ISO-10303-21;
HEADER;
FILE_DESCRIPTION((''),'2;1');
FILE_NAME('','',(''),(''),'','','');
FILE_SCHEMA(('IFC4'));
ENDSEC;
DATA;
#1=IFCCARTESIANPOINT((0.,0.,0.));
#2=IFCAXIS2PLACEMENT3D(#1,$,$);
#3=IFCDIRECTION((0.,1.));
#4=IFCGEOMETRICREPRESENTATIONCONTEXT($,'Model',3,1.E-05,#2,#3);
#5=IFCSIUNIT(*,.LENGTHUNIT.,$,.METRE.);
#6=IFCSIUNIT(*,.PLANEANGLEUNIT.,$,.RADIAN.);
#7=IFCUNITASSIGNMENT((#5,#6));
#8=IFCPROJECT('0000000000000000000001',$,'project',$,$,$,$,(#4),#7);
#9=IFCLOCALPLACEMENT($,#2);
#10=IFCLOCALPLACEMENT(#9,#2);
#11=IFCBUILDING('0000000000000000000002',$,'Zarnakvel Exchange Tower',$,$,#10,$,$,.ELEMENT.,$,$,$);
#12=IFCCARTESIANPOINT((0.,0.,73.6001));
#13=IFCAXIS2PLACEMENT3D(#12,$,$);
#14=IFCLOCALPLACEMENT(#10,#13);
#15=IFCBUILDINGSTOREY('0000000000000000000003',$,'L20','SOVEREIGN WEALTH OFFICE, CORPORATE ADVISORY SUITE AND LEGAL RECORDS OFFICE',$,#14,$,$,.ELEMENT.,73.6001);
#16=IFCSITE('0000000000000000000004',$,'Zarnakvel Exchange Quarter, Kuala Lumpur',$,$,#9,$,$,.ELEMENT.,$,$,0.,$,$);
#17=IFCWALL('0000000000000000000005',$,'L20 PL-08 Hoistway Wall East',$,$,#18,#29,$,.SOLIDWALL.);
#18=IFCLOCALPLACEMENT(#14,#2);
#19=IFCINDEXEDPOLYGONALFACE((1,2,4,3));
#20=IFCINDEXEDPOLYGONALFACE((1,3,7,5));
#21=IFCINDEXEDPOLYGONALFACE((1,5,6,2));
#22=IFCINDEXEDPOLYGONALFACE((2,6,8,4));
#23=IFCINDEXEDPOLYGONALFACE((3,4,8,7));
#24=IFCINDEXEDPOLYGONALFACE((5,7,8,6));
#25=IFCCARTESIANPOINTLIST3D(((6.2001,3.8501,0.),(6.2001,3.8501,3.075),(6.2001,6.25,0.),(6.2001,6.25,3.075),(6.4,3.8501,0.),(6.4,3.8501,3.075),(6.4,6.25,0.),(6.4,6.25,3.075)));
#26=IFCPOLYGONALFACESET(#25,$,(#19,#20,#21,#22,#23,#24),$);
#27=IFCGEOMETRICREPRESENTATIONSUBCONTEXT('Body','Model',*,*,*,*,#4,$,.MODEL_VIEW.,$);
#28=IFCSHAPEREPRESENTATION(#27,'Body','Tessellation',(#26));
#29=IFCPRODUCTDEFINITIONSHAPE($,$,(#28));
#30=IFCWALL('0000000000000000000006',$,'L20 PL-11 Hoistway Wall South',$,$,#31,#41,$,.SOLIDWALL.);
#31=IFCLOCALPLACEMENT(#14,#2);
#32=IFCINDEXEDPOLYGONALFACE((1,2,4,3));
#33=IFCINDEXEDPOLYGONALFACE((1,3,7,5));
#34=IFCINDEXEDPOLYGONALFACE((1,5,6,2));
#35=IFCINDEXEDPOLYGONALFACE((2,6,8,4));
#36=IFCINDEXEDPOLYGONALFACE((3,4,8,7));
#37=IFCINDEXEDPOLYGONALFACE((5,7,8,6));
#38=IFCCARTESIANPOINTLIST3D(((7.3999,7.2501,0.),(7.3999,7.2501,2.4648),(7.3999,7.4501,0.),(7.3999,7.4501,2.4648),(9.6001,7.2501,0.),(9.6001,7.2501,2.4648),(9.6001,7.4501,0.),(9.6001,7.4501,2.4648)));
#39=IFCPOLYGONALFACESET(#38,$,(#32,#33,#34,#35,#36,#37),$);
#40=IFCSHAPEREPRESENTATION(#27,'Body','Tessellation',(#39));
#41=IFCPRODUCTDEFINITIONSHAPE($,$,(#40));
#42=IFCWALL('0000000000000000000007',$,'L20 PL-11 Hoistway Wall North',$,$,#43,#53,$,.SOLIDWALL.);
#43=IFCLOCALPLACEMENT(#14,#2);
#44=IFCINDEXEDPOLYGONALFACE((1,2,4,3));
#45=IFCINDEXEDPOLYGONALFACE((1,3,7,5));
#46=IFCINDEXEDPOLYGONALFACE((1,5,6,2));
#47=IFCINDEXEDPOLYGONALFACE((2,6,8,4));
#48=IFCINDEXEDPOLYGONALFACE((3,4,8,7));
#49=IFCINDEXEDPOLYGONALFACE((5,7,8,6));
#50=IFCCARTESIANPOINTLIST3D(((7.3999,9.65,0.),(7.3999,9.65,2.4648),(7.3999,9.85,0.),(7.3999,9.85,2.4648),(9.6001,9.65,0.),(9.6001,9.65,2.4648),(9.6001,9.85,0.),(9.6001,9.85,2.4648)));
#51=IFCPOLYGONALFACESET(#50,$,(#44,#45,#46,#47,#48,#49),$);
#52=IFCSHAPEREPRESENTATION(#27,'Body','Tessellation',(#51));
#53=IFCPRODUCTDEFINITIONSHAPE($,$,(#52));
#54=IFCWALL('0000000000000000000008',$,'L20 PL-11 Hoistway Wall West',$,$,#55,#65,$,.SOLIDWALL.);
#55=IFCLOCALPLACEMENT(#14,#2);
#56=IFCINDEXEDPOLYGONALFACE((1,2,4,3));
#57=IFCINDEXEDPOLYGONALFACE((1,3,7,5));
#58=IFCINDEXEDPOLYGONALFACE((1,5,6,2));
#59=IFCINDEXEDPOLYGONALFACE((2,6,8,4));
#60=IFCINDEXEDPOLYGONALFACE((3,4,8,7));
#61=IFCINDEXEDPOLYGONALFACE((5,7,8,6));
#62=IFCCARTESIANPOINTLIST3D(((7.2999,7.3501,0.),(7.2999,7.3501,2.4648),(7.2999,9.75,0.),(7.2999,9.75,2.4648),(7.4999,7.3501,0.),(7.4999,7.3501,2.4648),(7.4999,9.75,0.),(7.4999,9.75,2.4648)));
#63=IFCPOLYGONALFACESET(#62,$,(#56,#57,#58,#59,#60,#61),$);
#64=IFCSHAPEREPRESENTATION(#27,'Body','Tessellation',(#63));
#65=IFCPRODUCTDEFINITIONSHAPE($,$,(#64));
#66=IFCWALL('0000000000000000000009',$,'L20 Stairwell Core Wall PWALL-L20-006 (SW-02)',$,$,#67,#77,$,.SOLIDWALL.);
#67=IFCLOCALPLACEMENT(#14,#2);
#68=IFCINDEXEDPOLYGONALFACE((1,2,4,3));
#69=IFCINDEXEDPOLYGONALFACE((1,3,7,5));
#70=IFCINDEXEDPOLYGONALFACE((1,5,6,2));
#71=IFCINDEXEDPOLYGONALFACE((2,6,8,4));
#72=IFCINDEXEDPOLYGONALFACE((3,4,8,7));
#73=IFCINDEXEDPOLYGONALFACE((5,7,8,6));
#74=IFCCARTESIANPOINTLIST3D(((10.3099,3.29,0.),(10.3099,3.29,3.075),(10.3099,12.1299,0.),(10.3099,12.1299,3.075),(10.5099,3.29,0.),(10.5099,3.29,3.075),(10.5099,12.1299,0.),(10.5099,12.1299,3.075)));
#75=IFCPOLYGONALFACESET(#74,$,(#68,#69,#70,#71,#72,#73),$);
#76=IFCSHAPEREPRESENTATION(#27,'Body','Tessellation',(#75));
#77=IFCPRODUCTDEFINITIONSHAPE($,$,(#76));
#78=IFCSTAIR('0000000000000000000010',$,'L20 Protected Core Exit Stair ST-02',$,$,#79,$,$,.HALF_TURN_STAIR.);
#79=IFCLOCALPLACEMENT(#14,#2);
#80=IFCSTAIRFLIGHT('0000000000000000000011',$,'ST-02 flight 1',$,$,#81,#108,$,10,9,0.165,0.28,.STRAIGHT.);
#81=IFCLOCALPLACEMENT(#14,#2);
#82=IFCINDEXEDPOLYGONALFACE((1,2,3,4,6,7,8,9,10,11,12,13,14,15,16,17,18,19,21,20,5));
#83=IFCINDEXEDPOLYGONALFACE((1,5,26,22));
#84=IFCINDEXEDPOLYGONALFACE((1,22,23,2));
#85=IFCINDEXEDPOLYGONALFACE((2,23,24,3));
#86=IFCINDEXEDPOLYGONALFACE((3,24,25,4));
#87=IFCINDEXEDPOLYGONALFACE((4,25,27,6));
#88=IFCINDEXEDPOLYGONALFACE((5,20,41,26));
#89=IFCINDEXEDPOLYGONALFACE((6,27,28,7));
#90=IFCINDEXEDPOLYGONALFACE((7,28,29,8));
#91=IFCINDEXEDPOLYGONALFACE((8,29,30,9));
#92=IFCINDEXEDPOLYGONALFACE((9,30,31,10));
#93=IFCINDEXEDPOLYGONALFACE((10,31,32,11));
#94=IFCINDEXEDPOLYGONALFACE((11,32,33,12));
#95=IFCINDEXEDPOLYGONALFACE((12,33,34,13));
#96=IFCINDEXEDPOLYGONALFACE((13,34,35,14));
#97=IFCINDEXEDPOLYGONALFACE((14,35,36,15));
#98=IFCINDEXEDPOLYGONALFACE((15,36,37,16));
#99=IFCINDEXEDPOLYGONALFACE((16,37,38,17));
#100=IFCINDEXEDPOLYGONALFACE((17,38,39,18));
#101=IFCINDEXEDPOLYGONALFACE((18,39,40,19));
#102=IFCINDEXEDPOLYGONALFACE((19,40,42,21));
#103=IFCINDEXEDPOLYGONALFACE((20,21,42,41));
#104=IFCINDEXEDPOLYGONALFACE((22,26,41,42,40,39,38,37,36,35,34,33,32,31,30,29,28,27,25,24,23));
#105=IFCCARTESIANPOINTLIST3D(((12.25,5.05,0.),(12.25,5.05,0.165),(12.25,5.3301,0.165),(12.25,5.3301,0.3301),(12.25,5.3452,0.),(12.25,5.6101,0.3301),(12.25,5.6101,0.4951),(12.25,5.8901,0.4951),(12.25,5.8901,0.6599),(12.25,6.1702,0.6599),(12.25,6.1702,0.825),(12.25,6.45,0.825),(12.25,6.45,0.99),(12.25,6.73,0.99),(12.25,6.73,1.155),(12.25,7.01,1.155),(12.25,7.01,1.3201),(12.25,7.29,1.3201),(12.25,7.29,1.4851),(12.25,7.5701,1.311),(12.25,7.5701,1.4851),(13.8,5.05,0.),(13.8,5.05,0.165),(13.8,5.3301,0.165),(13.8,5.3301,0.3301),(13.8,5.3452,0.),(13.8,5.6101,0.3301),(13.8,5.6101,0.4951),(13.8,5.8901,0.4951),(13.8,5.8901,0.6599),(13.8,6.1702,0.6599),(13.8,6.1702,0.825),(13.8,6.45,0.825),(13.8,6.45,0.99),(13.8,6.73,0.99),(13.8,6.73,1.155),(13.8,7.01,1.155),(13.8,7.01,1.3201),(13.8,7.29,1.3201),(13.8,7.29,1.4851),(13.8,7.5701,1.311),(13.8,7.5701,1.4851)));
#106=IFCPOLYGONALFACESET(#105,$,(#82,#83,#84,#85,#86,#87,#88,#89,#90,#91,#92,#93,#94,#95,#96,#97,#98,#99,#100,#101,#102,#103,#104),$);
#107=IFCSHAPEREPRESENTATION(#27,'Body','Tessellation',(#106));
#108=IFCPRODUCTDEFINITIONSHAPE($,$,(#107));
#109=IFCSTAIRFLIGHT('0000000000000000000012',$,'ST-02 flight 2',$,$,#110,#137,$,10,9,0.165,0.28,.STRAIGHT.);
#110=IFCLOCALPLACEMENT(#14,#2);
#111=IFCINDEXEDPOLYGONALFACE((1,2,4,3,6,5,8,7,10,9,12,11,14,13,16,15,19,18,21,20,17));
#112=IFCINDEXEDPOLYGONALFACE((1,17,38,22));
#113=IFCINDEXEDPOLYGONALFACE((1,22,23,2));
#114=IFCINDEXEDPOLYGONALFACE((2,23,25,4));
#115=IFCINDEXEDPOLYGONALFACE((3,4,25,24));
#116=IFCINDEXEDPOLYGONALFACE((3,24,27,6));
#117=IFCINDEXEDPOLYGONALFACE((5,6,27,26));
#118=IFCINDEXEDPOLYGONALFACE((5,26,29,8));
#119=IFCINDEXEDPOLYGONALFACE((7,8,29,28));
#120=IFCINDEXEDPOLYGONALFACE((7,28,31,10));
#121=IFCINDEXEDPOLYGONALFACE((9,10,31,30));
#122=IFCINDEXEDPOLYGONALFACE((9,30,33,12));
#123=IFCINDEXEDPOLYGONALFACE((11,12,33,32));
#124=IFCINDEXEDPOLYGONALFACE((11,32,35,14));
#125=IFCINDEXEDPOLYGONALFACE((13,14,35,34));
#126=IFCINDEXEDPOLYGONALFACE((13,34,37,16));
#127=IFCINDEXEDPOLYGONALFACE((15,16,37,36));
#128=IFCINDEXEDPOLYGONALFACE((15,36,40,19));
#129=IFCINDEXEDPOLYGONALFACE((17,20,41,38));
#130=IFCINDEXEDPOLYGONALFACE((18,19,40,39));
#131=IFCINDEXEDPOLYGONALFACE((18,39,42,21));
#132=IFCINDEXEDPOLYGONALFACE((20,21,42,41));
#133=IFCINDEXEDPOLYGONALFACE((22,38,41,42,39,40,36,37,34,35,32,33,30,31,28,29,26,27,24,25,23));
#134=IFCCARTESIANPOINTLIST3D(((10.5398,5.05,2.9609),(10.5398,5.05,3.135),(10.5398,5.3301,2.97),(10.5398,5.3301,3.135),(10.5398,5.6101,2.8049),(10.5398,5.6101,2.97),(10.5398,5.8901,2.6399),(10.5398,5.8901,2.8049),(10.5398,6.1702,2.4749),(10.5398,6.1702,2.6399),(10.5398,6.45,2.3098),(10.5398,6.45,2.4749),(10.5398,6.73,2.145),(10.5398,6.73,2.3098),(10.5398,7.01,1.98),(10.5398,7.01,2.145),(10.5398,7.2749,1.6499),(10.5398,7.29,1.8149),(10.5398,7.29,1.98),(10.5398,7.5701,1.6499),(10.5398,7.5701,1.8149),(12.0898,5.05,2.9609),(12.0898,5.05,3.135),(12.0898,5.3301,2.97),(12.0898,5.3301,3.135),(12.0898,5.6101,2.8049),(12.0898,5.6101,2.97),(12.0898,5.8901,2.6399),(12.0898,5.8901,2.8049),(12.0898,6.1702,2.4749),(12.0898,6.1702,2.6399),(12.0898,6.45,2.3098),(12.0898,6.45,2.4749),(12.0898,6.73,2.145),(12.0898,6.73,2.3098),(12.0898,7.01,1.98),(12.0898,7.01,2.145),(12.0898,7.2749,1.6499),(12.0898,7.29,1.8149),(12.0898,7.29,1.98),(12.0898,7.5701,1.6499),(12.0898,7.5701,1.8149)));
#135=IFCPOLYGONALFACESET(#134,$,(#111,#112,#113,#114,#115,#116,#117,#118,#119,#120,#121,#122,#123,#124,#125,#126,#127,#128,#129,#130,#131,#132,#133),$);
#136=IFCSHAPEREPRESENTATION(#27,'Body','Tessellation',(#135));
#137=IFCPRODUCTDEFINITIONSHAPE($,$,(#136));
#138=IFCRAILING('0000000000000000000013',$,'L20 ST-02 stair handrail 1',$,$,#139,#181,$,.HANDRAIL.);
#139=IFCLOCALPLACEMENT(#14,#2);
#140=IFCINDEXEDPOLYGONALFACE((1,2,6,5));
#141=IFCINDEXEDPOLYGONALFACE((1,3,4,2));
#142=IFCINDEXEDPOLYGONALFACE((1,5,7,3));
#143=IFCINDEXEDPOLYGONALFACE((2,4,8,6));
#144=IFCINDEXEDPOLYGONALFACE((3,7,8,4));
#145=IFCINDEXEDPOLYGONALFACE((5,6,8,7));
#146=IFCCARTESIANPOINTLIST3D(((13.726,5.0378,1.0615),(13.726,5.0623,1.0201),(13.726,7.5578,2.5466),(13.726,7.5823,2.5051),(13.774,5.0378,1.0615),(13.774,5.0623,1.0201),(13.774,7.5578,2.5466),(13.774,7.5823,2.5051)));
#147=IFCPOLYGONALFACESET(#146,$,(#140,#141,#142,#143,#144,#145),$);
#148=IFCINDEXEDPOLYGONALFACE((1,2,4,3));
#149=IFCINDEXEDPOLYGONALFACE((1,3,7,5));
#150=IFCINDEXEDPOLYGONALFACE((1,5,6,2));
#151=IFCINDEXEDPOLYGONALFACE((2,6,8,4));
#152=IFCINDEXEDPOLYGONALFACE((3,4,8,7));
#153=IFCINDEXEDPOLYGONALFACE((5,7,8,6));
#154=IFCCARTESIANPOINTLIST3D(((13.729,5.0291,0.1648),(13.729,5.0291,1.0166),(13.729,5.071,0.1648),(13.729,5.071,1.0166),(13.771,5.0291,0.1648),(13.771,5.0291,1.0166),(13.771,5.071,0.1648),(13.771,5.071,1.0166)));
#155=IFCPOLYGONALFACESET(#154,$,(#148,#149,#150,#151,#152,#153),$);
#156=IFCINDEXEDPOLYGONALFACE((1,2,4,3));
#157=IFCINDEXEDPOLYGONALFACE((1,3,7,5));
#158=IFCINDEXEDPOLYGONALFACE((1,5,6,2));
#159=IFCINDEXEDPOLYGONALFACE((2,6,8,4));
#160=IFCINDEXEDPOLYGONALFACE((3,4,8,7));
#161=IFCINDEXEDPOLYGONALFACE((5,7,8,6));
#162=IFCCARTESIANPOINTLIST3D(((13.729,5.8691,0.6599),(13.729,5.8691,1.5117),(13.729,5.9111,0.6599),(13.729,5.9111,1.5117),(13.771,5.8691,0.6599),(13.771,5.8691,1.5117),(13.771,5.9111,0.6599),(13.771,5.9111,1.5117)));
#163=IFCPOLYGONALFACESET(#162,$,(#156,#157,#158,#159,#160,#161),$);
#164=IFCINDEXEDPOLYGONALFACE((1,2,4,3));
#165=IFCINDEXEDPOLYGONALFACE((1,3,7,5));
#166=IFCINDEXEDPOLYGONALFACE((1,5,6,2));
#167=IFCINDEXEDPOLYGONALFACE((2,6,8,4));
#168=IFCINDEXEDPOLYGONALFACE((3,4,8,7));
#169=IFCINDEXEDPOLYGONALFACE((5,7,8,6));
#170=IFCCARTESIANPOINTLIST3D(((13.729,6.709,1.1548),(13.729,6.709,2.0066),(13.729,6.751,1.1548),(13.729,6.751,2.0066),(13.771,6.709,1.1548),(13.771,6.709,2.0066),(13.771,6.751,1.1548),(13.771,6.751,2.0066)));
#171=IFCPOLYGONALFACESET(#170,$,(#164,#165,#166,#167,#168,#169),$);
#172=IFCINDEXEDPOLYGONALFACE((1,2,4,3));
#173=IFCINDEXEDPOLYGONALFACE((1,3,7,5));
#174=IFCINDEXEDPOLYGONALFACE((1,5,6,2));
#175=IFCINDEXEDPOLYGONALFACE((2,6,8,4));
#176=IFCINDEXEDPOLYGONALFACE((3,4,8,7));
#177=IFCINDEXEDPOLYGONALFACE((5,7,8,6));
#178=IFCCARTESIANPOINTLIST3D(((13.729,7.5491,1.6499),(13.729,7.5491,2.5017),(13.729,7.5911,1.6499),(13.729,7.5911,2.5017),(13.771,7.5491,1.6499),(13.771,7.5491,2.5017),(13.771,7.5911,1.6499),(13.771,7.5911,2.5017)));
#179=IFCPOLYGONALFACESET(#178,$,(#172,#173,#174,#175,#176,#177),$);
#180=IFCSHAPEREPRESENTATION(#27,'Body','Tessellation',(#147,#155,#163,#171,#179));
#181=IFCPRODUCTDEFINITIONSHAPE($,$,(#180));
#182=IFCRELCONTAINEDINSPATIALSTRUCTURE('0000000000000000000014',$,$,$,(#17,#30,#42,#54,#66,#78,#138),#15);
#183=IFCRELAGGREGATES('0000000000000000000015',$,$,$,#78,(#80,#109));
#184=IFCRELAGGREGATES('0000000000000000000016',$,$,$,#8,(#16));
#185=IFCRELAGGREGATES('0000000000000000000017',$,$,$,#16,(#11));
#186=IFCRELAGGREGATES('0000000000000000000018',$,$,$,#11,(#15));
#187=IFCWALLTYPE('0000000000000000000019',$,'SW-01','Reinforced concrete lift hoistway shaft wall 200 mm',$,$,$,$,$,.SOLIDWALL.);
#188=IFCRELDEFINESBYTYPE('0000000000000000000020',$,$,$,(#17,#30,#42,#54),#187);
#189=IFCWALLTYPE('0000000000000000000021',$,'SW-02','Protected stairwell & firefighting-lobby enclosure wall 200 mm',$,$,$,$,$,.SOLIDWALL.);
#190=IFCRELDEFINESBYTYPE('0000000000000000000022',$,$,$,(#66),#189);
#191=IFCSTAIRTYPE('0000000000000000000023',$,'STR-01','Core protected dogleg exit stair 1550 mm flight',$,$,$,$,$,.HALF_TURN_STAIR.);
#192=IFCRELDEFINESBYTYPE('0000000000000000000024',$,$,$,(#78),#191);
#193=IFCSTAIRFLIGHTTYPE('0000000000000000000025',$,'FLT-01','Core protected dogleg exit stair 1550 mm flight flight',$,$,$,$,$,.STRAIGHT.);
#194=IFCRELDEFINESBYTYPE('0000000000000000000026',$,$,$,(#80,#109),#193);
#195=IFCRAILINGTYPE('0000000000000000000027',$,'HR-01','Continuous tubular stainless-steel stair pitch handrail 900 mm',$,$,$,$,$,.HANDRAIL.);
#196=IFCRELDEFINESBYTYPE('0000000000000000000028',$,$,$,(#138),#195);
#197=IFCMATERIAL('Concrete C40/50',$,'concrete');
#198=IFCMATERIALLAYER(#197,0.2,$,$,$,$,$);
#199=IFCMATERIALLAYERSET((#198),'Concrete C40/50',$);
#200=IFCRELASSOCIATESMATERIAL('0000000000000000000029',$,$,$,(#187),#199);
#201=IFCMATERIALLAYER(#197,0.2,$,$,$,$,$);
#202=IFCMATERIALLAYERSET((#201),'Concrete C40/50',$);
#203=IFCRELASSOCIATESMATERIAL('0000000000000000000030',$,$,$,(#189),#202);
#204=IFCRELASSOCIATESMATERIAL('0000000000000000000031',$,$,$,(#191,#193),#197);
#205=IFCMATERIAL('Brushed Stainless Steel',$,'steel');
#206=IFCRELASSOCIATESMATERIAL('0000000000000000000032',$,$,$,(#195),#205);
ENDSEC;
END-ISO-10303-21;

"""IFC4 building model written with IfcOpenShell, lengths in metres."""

from ifc_helpers import new_model, si_unit, direction, frame, frame_2d, origin, origin_2d, place, context, subcontext, project, spatial, polyline, rectangle, outline, extrude, material, layer, layer_set, type_object, element, aggregate, save


model = new_model("IFC4")

# Units and contexts
model_context = context("Model", 3, precision=1e-05, world=origin(), true_north=direction((0.0, 1.0)))
body_context = subcontext(model_context, "Body", "Model", "MODEL_VIEW")
ifc_project = project(units=[si_unit("LENGTHUNIT", "METRE"), si_unit("PLANEANGLEUNIT", "RADIAN")], contexts=[model_context])

# Site, building, storey
site_placement = place(None, origin())
site = spatial("IfcSite", under=ifc_project, at=site_placement, Name="Zarnakvel Exchange Quarter, Kuala Lumpur", CompositionType="ELEMENT", RefElevation=0.0)
building_placement = place(site_placement, origin())
building = spatial("IfcBuilding", under=site, at=building_placement, Name="Zarnakvel Exchange Tower", CompositionType="ELEMENT")
storey_placement = place(building_placement, frame((0.0, 0.0, 73.6001)))
storey = spatial("IfcBuildingStorey", under=building, at=storey_placement, Name="L20", Description="SOVEREIGN WEALTH OFFICE, CORPORATE ADVISORY SUITE AND LEGAL RECORDS OFFICE", CompositionType="ELEMENT", Elevation=73.6001)

# Shared definitions
ifc_material_1 = material(Name="Concrete C40/50", Category="concrete")
ifc_layer_1 = layer(ifc_material_1, 0.2)
ifc_layer_set_1 = layer_set([ifc_layer_1], Name="Concrete C40/50")
wall_type_1 = type_object("IfcWallType", Name="SW-01", Description="Reinforced concrete lift hoistway shaft wall 200 mm", PredefinedType="SOLIDWALL", material=ifc_layer_set_1)
ifc_material_2 = material(Name="Brushed Stainless Steel", Category="steel")

# Walls
wall_1_placement = place(storey_placement, frame((6.3, 6.25, 0.0), z_axis=(0.0, 0.0, 1.0), x_axis=(0.0, -1.0, 0.0)))
element("IfcWall", 1, at=wall_1_placement, inside=storey, type_object=wall_type_1, Name="L20 PL-08 Hoistway Wall East", PredefinedType="SOLIDWALL", context=body_context, shape_type="SweptSolid", body=[
    extrude(rectangle(XDim=2.3999, YDim=0.2, at=frame_2d((1.2, 0.0))), origin(), (0.0, 0.0, 1.0), 3.075),
])
for number, where, z_axis, x_axis, name in (
    (2, (9.6001, 7.3501, 0.0), (0.0, 0.0, 1.0), (-1.0, 0.0, 0.0), "L20 PL-11 Hoistway Wall South"),
    (3, (7.3999, 9.75, 0.0), (0.0, 0.0, 1.0), (1.0, 0.0, 0.0), "L20 PL-11 Hoistway Wall North"),
):
    element("IfcWall", number, at=place(storey_placement, frame(where, z_axis=z_axis, x_axis=x_axis)), inside=storey, type_object=wall_type_1, Name=name, PredefinedType="SOLIDWALL", context=body_context, shape_type="SweptSolid", body=[
        extrude(rectangle(XDim=2.2002, YDim=0.2, at=frame_2d((1.1001, 0.0))), origin(), (0.0, 0.0, 1.0), 2.4648),
    ])
wall_2_placement = place(storey_placement, frame((7.3999, 7.3501, 0.0), z_axis=(0.0, 0.0, 1.0), x_axis=(0.0, 1.0, 0.0)))
element("IfcWall", 4, at=wall_2_placement, inside=storey, type_object=wall_type_1, Name="L20 PL-11 Hoistway Wall West", PredefinedType="SOLIDWALL", context=body_context, shape_type="SweptSolid", body=[
    extrude(rectangle(XDim=2.3999, YDim=0.2, at=frame_2d((1.2, 0.0))), origin(), (0.0, 0.0, 1.0), 2.4648),
])
ifc_layer_2 = layer(ifc_material_1, 0.2)
ifc_layer_set_2 = layer_set([ifc_layer_2], Name="Concrete C40/50")
wall_type_2 = type_object("IfcWallType", Name="SW-02", Description="Protected stairwell & firefighting-lobby enclosure wall 200 mm", PredefinedType="SOLIDWALL", material=ifc_layer_set_2)
wall_3_placement = place(storey_placement, frame((10.4099, 3.29, 0.0), z_axis=(0.0, 0.0, 1.0), x_axis=(0.0, 1.0, 0.0)))
element("IfcWall", 5, at=wall_3_placement, inside=storey, type_object=wall_type_2, Name="L20 Stairwell Core Wall PWALL-L20-006 (SW-02)", PredefinedType="SOLIDWALL", context=body_context, shape_type="SweptSolid", body=[
    extrude(rectangle(XDim=8.8398, YDim=0.2, at=frame_2d((4.4199, 0.0))), origin(), (0.0, 0.0, 1.0), 3.075),
])

# Stair, stair flights
stair_type = type_object("IfcStairType", Name="STR-01", Description="Core protected dogleg exit stair 1550 mm flight", PredefinedType="HALF_TURN_STAIR", material=ifc_material_1)
stair_placement = place(storey_placement, origin())
stair = element("IfcStair", 6, at=stair_placement, inside=storey, type_object=stair_type, Name="L20 Protected Core Exit Stair ST-02", PredefinedType="HALF_TURN_STAIR")
stair_flight_type = type_object("IfcStairFlightType", Name="FLT-01", Description="Core protected dogleg exit stair 1550 mm flight flight", PredefinedType="STRAIGHT", material=ifc_material_1)
stair_flight_1_placement = place(storey_placement, frame((13.0249, 5.05, 0.0), z_axis=(0.0, 0.0, 1.0), x_axis=(0.0, 1.0, 0.0)))
stair_flight_1 = element("IfcStairFlight", 7, at=stair_flight_1_placement, type_object=stair_flight_type, Name="ST-02 flight 1", NumberOfRisers=10, NumberOfTreads=9, PredefinedType="STRAIGHT", RiserHeight=0.165, TreadLength=0.28, context=body_context, shape_type="SweptSolid", body=[
    extrude(outline(polyline([(0.0, 0.0), (0.0, 0.165), (0.28, 0.165), (0.28, 0.3301), (0.5601, 0.3301), (0.5601, 0.4951), (0.8401, 0.4951), (0.8401, 0.6599), (1.1201, 0.6599), (1.1201, 0.825), (1.3999, 0.825), (1.3999, 0.99), (1.6799, 0.99), (1.6799, 1.155), (1.96, 1.155), (1.96, 1.3201), (2.24, 1.3201), (2.24, 1.4851), (2.52, 1.4851), (2.52, 1.6499), (2.52, 1.311), (0.2952, 0.0), (0.0, 0.0)])), frame((0.0, 0.7749, 0.0), z_axis=(0.0, -1.0, 0.0), x_axis=(1.0, 0.0, 0.0)), (0.0, 0.0, 1.0), 1.55),
])
stair_flight_2_placement = place(storey_placement, frame((11.3149, 7.5701, 1.6499), z_axis=(0.0, 0.0, 1.0), x_axis=(0.0, -1.0, 0.0)))
stair_flight_2 = element("IfcStairFlight", 8, at=stair_flight_2_placement, type_object=stair_flight_type, Name="ST-02 flight 2", NumberOfRisers=10, NumberOfTreads=9, PredefinedType="STRAIGHT", RiserHeight=0.165, TreadLength=0.28, context=body_context, shape_type="SweptSolid", body=[
    extrude(outline(polyline([(0.0, 0.0), (0.0, 0.165), (0.28, 0.165), (0.28, 0.3301), (0.5601, 0.3301), (0.5601, 0.4951), (0.8401, 0.4951), (0.8401, 0.6599), (1.1201, 0.6599), (1.1201, 0.825), (1.3999, 0.825), (1.3999, 0.99), (1.6799, 0.99), (1.6799, 1.155), (1.96, 1.155), (1.96, 1.3201), (2.24, 1.3201), (2.24, 1.4851), (2.52, 1.4851), (2.52, 1.6499), (2.52, 1.311), (0.2952, 0.0), (0.0, 0.0)])), frame((0.0, 0.7749, 0.0), z_axis=(0.0, -1.0, 0.0), x_axis=(1.0, 0.0, 0.0)), (0.0, 0.0, 1.0), 1.55),
])
aggregate(stair, [stair_flight_1, stair_flight_2])

# Railing
railing_type_1 = type_object("IfcRailingType", Name="HR-01", Description="Continuous tubular stainless-steel stair pitch handrail 900 mm", PredefinedType="HANDRAIL", material=ifc_material_2)
railing_1_placement = place(storey_placement, frame((13.75, 5.05, 0.1648)))
element("IfcRailing", 9, at=railing_1_placement, inside=storey, type_object=railing_type_1, Name="L20 ST-02 stair handrail 1", PredefinedType="HANDRAIL", context=body_context, shape_type="SweptSolid", body=[
    extrude(rectangle(XDim=0.0481, YDim=0.0481, at=origin_2d()), frame((0.0, 0.0, 0.876), z_axis=(0.0, 0.861524, 0.507717), x_axis=(-1.0, 0.0, 0.0)), (0.0, 0.0, 1.0), 2.925),
    extrude(rectangle(XDim=0.042, YDim=0.042, at=origin_2d()), origin(), (0.0, 0.0, 1.0), 0.8518),
    extrude(rectangle(XDim=0.042, YDim=0.042, at=origin_2d()), frame((0.0, 0.8401, 0.4951)), (0.0, 0.0, 1.0), 0.8518),
    extrude(rectangle(XDim=0.042, YDim=0.042, at=origin_2d()), frame((0.0, 1.6799, 0.99)), (0.0, 0.0, 1.0), 0.8518),
    extrude(rectangle(XDim=0.042, YDim=0.042, at=origin_2d()), frame((0.0, 2.52, 1.4851)), (0.0, 0.0, 1.0), 0.8518),
])

save(model, "model.ifc")
